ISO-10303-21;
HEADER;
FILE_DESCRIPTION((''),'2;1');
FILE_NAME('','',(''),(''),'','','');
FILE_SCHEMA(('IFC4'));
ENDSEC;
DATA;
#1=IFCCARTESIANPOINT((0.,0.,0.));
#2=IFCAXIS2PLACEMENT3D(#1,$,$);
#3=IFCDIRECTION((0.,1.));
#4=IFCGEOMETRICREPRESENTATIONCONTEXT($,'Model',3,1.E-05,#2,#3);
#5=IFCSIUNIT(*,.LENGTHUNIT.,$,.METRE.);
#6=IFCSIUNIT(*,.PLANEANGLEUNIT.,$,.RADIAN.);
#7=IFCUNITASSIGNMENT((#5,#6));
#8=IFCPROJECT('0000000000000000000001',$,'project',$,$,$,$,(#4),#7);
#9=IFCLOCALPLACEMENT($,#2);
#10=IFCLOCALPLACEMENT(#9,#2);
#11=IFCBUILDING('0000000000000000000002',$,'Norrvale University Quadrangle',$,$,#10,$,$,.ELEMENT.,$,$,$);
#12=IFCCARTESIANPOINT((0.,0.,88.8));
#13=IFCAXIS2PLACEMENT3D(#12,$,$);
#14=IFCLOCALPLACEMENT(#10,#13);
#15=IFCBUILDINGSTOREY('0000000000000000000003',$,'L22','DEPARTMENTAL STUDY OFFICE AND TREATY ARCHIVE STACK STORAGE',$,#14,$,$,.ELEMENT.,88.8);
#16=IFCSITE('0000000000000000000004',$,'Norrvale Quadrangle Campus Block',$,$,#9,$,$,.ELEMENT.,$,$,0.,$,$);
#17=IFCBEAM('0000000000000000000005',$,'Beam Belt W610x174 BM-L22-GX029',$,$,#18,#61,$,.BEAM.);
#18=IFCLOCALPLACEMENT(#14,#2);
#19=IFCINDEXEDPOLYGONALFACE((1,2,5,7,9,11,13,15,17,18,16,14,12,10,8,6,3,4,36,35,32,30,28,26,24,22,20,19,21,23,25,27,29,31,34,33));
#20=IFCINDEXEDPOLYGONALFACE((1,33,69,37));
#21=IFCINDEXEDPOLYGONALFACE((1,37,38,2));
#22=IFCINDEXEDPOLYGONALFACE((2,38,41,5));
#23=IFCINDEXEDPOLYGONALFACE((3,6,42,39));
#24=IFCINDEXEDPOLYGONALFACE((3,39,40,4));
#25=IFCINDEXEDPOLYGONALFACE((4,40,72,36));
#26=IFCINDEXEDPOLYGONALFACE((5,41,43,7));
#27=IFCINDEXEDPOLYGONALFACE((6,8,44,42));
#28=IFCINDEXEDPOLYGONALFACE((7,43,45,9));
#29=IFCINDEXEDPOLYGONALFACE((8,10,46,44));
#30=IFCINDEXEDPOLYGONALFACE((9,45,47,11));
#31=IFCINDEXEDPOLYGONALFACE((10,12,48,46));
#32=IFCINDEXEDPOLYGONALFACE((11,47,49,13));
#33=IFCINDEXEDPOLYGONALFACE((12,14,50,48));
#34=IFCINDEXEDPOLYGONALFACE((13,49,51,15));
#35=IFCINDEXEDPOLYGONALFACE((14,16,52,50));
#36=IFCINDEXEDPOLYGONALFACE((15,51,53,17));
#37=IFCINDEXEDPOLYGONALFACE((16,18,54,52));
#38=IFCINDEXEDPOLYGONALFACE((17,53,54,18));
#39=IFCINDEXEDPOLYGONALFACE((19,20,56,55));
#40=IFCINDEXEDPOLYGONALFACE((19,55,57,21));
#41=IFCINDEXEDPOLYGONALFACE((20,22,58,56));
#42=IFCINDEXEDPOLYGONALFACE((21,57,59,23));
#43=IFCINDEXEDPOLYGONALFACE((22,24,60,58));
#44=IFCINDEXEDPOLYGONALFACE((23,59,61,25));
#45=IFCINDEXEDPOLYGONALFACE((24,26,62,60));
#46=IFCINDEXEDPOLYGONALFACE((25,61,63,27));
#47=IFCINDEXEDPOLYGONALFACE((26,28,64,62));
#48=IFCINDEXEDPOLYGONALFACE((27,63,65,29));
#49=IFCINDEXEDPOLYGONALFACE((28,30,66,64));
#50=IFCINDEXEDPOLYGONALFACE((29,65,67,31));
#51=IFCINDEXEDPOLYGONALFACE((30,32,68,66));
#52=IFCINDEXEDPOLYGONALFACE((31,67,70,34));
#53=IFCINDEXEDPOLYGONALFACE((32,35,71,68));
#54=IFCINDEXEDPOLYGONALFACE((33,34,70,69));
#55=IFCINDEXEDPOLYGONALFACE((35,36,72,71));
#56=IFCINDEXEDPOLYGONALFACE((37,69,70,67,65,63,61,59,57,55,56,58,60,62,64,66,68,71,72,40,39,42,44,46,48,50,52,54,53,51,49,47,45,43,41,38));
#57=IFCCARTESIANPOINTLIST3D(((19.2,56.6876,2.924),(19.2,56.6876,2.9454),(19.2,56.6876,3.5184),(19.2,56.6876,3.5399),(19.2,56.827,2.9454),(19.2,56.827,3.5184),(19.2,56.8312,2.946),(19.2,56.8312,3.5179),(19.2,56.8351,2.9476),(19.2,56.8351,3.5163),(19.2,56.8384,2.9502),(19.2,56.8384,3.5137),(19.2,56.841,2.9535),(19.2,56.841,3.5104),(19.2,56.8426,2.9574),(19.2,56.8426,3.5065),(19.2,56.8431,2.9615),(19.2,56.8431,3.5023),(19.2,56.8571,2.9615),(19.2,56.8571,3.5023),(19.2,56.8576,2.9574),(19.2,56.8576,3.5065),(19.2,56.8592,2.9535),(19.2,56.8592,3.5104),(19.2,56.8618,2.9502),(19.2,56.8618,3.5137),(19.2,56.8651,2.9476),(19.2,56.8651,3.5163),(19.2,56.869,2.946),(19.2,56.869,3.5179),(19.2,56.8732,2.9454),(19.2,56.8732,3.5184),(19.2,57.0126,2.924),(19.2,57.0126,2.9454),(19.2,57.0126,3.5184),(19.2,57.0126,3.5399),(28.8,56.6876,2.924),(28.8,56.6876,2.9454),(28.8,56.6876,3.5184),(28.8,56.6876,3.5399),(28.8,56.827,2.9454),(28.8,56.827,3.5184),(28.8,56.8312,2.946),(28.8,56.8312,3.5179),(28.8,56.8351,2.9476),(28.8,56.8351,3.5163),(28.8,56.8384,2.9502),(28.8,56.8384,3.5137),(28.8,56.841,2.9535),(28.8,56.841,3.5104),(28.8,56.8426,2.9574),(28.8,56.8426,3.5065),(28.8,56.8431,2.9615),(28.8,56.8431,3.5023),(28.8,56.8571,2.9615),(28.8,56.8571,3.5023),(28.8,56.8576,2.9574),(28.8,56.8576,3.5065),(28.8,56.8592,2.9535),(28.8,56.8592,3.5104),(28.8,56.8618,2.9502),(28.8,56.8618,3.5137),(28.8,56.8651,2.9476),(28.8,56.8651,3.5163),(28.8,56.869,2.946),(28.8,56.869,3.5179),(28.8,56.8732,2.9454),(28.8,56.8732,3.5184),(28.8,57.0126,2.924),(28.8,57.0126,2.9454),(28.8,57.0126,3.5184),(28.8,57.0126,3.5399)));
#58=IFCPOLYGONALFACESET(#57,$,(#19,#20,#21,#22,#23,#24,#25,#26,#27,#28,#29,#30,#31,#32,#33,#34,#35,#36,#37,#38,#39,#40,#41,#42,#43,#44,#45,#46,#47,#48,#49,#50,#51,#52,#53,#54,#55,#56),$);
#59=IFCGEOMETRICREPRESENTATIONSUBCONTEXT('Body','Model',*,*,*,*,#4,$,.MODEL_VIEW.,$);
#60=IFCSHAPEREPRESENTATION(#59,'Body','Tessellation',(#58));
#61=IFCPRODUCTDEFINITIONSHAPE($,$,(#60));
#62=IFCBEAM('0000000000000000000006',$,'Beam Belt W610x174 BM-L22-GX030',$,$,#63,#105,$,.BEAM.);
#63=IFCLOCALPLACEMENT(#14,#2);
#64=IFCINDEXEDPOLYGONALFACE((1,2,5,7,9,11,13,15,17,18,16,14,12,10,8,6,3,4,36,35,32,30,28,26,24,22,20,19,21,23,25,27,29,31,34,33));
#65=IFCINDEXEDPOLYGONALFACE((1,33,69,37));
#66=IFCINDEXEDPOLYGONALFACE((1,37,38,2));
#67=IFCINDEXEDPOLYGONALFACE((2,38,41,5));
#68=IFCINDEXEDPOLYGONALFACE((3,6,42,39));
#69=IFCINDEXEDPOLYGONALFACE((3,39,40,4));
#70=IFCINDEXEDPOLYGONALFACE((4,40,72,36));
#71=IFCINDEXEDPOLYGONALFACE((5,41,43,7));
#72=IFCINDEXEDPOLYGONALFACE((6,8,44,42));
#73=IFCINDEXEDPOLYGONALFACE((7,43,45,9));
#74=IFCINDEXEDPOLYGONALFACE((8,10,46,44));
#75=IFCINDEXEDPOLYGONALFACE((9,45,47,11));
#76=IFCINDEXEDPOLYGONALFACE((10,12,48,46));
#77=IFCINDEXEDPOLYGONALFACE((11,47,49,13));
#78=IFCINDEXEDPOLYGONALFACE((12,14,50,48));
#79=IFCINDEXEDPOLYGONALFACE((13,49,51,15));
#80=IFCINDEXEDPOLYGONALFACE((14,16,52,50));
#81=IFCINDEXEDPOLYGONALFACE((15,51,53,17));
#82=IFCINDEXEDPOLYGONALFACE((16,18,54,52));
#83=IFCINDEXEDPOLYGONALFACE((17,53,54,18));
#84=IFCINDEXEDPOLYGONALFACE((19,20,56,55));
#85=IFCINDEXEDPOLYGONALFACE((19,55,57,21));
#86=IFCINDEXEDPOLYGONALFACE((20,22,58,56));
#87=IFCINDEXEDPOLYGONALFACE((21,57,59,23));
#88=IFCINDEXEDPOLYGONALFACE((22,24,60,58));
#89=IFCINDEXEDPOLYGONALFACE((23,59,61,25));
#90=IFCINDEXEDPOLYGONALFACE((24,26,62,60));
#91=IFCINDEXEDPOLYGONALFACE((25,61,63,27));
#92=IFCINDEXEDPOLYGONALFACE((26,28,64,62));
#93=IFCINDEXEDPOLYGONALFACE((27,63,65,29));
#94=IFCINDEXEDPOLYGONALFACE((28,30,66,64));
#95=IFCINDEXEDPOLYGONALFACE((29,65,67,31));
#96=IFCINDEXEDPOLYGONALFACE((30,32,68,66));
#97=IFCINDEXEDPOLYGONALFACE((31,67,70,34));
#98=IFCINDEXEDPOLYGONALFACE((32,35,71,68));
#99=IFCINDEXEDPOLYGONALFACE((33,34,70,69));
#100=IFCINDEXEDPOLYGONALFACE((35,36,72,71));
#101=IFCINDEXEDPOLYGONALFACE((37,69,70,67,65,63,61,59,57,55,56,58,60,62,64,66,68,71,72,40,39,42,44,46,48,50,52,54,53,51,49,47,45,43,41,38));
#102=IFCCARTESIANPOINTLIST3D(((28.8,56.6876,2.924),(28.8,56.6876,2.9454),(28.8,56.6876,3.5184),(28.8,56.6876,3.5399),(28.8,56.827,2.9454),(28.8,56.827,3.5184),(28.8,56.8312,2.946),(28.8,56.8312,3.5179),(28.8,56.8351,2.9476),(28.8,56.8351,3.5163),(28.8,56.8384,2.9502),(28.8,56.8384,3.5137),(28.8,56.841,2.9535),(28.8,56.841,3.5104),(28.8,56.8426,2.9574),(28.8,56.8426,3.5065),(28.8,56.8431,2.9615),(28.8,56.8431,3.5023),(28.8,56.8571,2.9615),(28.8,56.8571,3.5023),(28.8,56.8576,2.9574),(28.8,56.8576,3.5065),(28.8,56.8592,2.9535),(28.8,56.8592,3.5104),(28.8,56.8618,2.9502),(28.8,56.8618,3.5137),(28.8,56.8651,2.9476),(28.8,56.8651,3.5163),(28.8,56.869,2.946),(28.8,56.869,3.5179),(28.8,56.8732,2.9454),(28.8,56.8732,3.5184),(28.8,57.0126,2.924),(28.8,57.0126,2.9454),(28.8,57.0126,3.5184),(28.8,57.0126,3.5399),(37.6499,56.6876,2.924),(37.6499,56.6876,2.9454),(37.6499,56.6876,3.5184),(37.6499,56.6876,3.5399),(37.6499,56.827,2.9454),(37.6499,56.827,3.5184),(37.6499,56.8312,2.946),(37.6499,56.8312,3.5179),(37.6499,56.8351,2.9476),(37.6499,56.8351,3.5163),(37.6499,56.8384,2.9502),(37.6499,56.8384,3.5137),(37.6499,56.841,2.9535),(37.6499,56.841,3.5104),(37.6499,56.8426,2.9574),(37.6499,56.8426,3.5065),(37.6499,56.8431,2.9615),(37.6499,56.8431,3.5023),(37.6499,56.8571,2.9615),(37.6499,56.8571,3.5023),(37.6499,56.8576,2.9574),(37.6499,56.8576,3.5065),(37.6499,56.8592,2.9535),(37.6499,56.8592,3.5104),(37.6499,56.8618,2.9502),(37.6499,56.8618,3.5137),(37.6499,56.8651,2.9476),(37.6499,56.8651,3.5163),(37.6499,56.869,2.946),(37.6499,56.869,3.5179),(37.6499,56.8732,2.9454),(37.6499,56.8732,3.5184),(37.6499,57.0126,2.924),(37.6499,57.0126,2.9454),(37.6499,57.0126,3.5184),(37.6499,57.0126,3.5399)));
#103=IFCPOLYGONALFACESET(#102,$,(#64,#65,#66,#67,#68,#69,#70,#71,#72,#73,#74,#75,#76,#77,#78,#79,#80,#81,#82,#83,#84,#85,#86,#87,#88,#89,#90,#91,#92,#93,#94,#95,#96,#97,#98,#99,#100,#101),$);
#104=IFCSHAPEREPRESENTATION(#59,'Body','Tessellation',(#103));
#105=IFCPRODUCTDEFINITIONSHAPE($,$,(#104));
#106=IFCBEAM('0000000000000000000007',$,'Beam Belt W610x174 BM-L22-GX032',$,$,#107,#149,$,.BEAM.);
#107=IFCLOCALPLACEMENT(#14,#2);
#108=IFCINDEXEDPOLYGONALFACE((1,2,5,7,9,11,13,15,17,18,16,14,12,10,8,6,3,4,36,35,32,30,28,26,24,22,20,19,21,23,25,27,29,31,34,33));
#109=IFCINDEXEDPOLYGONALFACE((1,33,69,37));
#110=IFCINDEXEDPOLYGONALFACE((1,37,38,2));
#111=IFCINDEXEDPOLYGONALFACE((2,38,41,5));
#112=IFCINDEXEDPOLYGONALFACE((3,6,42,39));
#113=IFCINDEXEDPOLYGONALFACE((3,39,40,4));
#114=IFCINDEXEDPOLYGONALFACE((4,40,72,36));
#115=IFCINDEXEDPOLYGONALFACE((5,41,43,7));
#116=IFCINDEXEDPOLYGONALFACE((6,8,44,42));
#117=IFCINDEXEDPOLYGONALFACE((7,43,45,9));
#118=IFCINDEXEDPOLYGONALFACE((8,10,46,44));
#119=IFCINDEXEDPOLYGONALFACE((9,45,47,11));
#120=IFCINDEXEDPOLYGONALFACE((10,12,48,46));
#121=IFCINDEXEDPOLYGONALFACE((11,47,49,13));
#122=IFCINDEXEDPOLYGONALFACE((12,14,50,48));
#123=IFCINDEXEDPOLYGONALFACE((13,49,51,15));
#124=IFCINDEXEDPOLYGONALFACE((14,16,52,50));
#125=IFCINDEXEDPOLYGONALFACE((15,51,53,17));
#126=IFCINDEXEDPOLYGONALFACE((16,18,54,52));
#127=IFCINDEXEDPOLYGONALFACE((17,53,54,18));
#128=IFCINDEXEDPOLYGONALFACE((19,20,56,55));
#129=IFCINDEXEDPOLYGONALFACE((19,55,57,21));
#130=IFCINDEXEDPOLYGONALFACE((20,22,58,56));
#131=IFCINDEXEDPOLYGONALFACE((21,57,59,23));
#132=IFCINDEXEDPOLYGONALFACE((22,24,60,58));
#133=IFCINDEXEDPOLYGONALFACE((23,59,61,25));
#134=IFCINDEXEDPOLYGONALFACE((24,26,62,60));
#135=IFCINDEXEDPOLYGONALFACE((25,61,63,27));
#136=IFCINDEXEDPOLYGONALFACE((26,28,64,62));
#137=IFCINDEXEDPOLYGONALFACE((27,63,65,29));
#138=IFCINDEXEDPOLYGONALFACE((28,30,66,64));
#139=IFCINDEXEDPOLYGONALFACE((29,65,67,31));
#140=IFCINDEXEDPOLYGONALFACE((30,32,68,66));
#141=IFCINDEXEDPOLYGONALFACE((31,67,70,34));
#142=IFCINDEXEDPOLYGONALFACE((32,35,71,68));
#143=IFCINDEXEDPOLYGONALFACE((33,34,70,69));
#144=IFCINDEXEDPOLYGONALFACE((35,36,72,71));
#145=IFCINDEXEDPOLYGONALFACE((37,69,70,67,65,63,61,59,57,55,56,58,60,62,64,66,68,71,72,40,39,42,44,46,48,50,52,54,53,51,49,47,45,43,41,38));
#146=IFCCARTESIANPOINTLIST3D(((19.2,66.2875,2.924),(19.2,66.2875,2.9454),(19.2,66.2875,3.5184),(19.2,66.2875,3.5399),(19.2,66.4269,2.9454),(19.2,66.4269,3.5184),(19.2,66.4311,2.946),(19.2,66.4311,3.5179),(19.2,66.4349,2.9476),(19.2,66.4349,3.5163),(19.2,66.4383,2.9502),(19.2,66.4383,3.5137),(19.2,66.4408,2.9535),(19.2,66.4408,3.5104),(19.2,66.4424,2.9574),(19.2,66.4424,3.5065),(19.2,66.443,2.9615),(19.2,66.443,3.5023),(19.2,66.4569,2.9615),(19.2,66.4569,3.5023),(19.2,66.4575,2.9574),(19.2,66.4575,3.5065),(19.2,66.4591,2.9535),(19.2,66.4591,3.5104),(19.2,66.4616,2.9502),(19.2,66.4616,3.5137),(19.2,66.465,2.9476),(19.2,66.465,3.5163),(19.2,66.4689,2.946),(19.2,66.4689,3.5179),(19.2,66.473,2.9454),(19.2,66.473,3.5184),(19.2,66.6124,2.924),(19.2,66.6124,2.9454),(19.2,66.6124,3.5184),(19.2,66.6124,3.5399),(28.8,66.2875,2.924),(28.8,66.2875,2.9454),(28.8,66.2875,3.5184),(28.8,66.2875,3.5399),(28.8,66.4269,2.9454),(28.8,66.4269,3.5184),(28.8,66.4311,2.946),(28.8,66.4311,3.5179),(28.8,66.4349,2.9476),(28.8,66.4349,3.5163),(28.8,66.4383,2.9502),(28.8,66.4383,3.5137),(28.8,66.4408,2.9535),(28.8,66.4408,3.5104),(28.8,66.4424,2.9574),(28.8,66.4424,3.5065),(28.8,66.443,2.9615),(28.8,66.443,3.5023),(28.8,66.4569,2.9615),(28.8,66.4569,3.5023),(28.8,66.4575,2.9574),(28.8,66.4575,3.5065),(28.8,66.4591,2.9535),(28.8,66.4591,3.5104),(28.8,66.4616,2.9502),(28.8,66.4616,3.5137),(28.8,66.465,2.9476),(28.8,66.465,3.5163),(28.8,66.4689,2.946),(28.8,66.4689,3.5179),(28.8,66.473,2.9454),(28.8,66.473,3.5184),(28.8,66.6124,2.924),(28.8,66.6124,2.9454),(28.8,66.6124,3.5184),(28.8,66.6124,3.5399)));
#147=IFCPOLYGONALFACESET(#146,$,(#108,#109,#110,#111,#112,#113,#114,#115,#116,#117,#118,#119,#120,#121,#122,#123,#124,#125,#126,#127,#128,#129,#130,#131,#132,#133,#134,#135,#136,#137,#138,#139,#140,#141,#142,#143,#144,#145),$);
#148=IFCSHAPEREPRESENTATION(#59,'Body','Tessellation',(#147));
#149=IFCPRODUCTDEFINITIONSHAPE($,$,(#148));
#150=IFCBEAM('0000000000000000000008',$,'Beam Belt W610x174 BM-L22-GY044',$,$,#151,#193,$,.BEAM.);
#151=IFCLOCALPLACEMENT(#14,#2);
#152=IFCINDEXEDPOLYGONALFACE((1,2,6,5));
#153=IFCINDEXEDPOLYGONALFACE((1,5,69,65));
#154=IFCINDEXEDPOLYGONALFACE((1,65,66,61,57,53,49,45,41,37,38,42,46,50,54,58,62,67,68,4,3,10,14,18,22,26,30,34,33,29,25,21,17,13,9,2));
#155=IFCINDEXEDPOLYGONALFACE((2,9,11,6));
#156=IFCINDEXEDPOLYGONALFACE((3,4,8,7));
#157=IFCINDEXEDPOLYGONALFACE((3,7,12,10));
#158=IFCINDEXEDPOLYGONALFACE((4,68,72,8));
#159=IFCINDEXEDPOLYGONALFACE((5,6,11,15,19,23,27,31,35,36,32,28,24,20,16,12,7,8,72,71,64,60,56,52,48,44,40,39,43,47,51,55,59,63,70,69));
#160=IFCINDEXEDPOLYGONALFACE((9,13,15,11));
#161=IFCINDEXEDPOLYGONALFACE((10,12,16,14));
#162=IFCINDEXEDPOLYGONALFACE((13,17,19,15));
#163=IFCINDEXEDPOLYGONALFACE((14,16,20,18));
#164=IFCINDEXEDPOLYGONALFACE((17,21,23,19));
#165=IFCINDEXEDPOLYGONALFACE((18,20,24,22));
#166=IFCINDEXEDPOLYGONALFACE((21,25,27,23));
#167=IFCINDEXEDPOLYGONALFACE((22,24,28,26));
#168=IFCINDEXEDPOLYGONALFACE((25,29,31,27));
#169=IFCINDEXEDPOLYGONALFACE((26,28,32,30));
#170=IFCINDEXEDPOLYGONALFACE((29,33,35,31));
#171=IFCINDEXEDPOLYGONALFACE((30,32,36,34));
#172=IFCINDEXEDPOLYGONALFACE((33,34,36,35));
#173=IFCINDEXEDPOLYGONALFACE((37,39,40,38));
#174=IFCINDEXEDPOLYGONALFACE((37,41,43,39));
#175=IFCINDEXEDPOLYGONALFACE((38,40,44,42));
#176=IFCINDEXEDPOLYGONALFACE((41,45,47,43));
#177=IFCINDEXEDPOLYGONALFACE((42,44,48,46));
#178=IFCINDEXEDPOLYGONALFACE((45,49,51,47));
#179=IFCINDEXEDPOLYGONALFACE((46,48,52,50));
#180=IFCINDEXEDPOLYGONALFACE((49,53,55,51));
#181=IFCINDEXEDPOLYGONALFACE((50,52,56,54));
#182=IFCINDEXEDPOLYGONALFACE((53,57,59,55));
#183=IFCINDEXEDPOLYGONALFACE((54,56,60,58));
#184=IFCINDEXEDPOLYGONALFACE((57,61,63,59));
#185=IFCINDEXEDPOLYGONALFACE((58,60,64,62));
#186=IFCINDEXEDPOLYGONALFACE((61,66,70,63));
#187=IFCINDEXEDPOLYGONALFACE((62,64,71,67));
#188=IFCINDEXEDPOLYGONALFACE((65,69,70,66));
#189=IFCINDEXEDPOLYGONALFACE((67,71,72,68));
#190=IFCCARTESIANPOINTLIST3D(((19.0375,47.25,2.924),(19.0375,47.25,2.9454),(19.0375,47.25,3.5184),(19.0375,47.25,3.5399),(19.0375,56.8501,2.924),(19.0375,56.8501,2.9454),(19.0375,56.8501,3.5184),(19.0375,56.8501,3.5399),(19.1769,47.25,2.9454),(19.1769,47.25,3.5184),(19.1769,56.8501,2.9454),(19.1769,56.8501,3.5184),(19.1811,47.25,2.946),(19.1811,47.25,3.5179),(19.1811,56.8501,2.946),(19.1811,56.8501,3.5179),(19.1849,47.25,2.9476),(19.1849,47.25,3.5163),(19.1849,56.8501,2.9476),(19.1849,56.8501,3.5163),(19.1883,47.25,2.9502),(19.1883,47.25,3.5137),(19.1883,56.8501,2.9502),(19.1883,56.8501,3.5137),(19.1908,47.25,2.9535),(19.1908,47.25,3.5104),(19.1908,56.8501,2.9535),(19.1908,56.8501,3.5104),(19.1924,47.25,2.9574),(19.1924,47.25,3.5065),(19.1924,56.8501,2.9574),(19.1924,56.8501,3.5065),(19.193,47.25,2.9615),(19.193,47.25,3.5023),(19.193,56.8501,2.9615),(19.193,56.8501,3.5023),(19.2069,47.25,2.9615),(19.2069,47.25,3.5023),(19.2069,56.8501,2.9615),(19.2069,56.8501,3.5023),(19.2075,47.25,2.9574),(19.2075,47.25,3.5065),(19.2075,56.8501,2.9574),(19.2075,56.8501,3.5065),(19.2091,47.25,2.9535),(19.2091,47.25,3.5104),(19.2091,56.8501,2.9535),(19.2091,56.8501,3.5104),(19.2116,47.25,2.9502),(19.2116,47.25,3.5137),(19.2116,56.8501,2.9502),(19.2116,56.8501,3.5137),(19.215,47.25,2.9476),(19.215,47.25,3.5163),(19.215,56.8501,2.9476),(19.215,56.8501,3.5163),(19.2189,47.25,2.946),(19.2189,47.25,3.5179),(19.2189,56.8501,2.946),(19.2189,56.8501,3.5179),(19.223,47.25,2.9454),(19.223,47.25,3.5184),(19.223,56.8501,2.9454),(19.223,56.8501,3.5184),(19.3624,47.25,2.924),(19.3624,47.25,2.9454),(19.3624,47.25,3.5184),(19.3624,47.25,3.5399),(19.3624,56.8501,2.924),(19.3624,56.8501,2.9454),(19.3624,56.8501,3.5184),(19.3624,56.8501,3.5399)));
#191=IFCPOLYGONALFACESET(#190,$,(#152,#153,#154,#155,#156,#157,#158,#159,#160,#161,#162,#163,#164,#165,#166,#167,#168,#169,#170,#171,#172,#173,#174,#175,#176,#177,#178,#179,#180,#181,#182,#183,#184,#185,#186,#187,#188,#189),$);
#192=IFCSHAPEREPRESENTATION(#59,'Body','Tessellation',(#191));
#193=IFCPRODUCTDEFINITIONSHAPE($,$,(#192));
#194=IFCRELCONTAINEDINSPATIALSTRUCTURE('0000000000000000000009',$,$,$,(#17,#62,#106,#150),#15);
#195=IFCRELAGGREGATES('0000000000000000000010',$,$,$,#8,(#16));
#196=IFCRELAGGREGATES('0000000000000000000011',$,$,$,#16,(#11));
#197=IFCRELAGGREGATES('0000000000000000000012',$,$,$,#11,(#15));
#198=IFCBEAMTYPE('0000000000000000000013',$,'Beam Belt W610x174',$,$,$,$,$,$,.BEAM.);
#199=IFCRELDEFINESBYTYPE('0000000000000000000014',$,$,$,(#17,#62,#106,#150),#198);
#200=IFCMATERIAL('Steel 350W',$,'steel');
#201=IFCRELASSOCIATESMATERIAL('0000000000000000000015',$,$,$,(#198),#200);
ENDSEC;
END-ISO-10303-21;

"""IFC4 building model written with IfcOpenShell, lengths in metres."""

from ifc_helpers import new_model, si_unit, direction, frame, origin, origin_2d, place, context, subcontext, project, spatial, i_section, extrude, material, material_profile, profile_set, type_object, element, save


model = new_model("IFC4")

# Units and contexts
model_context = context("Model", 3, precision=1e-05, world=origin(), true_north=direction((0.0, 1.0)))
body_context = subcontext(model_context, "Body", "Model", "MODEL_VIEW")
ifc_project = project(units=[si_unit("LENGTHUNIT", "METRE"), si_unit("PLANEANGLEUNIT", "RADIAN")], contexts=[model_context])

# Site, building, storey
site_placement = place(None, origin())
site = spatial("IfcSite", under=ifc_project, at=site_placement, Name="Norrvale Quadrangle Campus Block", CompositionType="ELEMENT", RefElevation=0.0)
building_placement = place(site_placement, origin())
building = spatial("IfcBuilding", under=site, at=building_placement, Name="Norrvale University Quadrangle", CompositionType="ELEMENT")
storey_placement = place(building_placement, frame((0.0, 0.0, 88.8)))
storey = spatial("IfcBuildingStorey", under=building, at=storey_placement, Name="L22", Description="DEPARTMENTAL STUDY OFFICE AND TREATY ARCHIVE STACK STORAGE", CompositionType="ELEMENT", Elevation=88.8)

# Beams
ifc_material_1 = material(Name="Steel 350W", Category="steel")
ifc_material_profile_1 = material_profile(ifc_material_1, i_section(OverallWidth=0.325, OverallDepth=0.616, WebThickness=0.0139, FlangeThickness=0.0215, FilletRadius=0.0161, at=origin_2d()), Name="Steel 350W")
ifc_profile_set_1 = profile_set([ifc_material_profile_1], Name="Steel 350W")
beam_type_1 = type_object("IfcBeamType", Name="Beam Belt W610x174", PredefinedType="BEAM", material=ifc_profile_set_1)
beam_1_placement = place(storey_placement, frame((19.2, 56.8501, 3.2319), z_axis=(1.0, 0.0, 0.0), x_axis=(0.0, 1.0, 0.0)))
element("IfcBeam", 1, at=beam_1_placement, inside=storey, type_object=beam_type_1, Name="Beam Belt W610x174 BM-L22-GX029", PredefinedType="BEAM", context=body_context, shape_type="SweptSolid", body=[
    extrude(i_section(OverallWidth=0.325, OverallDepth=0.616, WebThickness=0.0139, FlangeThickness=0.0215, FilletRadius=0.0161, at=origin_2d()), origin(), (0.0, 0.0, 1.0), 9.6001),
])
beam_2_placement = place(storey_placement, frame((28.8, 56.8501, 3.2319), z_axis=(1.0, 0.0, 0.0), x_axis=(0.0, 1.0, 0.0)))
element("IfcBeam", 2, at=beam_2_placement, inside=storey, type_object=beam_type_1, Name="Beam Belt W610x174 BM-L22-GX030", PredefinedType="BEAM", context=body_context, shape_type="SweptSolid", body=[
    extrude(i_section(OverallWidth=0.325, OverallDepth=0.616, WebThickness=0.0139, FlangeThickness=0.0215, FilletRadius=0.0161, at=origin_2d()), origin(), (0.0, 0.0, 1.0), 8.8499),
])
for number, where, z_axis, x_axis, name in (
    (3, (19.2, 66.45, 3.2319), (1.0, 0.0, 0.0), (0.0, 1.0, 0.0), "Beam Belt W610x174 BM-L22-GX032"),
    (4, (19.2, 47.25, 3.2319), (0.0, 1.0, 0.0), (-1.0, 0.0, 0.0), "Beam Belt W610x174 BM-L22-GY044"),
):
    element("IfcBeam", number, at=place(storey_placement, frame(where, z_axis=z_axis, x_axis=x_axis)), inside=storey, type_object=beam_type_1, Name=name, PredefinedType="BEAM", context=body_context, shape_type="SweptSolid", body=[
        extrude(i_section(OverallWidth=0.325, OverallDepth=0.616, WebThickness=0.0139, FlangeThickness=0.0215, FilletRadius=0.0161, at=origin_2d()), origin(), (0.0, 0.0, 1.0), 9.6001),
    ])

save(model, "model.ifc")
